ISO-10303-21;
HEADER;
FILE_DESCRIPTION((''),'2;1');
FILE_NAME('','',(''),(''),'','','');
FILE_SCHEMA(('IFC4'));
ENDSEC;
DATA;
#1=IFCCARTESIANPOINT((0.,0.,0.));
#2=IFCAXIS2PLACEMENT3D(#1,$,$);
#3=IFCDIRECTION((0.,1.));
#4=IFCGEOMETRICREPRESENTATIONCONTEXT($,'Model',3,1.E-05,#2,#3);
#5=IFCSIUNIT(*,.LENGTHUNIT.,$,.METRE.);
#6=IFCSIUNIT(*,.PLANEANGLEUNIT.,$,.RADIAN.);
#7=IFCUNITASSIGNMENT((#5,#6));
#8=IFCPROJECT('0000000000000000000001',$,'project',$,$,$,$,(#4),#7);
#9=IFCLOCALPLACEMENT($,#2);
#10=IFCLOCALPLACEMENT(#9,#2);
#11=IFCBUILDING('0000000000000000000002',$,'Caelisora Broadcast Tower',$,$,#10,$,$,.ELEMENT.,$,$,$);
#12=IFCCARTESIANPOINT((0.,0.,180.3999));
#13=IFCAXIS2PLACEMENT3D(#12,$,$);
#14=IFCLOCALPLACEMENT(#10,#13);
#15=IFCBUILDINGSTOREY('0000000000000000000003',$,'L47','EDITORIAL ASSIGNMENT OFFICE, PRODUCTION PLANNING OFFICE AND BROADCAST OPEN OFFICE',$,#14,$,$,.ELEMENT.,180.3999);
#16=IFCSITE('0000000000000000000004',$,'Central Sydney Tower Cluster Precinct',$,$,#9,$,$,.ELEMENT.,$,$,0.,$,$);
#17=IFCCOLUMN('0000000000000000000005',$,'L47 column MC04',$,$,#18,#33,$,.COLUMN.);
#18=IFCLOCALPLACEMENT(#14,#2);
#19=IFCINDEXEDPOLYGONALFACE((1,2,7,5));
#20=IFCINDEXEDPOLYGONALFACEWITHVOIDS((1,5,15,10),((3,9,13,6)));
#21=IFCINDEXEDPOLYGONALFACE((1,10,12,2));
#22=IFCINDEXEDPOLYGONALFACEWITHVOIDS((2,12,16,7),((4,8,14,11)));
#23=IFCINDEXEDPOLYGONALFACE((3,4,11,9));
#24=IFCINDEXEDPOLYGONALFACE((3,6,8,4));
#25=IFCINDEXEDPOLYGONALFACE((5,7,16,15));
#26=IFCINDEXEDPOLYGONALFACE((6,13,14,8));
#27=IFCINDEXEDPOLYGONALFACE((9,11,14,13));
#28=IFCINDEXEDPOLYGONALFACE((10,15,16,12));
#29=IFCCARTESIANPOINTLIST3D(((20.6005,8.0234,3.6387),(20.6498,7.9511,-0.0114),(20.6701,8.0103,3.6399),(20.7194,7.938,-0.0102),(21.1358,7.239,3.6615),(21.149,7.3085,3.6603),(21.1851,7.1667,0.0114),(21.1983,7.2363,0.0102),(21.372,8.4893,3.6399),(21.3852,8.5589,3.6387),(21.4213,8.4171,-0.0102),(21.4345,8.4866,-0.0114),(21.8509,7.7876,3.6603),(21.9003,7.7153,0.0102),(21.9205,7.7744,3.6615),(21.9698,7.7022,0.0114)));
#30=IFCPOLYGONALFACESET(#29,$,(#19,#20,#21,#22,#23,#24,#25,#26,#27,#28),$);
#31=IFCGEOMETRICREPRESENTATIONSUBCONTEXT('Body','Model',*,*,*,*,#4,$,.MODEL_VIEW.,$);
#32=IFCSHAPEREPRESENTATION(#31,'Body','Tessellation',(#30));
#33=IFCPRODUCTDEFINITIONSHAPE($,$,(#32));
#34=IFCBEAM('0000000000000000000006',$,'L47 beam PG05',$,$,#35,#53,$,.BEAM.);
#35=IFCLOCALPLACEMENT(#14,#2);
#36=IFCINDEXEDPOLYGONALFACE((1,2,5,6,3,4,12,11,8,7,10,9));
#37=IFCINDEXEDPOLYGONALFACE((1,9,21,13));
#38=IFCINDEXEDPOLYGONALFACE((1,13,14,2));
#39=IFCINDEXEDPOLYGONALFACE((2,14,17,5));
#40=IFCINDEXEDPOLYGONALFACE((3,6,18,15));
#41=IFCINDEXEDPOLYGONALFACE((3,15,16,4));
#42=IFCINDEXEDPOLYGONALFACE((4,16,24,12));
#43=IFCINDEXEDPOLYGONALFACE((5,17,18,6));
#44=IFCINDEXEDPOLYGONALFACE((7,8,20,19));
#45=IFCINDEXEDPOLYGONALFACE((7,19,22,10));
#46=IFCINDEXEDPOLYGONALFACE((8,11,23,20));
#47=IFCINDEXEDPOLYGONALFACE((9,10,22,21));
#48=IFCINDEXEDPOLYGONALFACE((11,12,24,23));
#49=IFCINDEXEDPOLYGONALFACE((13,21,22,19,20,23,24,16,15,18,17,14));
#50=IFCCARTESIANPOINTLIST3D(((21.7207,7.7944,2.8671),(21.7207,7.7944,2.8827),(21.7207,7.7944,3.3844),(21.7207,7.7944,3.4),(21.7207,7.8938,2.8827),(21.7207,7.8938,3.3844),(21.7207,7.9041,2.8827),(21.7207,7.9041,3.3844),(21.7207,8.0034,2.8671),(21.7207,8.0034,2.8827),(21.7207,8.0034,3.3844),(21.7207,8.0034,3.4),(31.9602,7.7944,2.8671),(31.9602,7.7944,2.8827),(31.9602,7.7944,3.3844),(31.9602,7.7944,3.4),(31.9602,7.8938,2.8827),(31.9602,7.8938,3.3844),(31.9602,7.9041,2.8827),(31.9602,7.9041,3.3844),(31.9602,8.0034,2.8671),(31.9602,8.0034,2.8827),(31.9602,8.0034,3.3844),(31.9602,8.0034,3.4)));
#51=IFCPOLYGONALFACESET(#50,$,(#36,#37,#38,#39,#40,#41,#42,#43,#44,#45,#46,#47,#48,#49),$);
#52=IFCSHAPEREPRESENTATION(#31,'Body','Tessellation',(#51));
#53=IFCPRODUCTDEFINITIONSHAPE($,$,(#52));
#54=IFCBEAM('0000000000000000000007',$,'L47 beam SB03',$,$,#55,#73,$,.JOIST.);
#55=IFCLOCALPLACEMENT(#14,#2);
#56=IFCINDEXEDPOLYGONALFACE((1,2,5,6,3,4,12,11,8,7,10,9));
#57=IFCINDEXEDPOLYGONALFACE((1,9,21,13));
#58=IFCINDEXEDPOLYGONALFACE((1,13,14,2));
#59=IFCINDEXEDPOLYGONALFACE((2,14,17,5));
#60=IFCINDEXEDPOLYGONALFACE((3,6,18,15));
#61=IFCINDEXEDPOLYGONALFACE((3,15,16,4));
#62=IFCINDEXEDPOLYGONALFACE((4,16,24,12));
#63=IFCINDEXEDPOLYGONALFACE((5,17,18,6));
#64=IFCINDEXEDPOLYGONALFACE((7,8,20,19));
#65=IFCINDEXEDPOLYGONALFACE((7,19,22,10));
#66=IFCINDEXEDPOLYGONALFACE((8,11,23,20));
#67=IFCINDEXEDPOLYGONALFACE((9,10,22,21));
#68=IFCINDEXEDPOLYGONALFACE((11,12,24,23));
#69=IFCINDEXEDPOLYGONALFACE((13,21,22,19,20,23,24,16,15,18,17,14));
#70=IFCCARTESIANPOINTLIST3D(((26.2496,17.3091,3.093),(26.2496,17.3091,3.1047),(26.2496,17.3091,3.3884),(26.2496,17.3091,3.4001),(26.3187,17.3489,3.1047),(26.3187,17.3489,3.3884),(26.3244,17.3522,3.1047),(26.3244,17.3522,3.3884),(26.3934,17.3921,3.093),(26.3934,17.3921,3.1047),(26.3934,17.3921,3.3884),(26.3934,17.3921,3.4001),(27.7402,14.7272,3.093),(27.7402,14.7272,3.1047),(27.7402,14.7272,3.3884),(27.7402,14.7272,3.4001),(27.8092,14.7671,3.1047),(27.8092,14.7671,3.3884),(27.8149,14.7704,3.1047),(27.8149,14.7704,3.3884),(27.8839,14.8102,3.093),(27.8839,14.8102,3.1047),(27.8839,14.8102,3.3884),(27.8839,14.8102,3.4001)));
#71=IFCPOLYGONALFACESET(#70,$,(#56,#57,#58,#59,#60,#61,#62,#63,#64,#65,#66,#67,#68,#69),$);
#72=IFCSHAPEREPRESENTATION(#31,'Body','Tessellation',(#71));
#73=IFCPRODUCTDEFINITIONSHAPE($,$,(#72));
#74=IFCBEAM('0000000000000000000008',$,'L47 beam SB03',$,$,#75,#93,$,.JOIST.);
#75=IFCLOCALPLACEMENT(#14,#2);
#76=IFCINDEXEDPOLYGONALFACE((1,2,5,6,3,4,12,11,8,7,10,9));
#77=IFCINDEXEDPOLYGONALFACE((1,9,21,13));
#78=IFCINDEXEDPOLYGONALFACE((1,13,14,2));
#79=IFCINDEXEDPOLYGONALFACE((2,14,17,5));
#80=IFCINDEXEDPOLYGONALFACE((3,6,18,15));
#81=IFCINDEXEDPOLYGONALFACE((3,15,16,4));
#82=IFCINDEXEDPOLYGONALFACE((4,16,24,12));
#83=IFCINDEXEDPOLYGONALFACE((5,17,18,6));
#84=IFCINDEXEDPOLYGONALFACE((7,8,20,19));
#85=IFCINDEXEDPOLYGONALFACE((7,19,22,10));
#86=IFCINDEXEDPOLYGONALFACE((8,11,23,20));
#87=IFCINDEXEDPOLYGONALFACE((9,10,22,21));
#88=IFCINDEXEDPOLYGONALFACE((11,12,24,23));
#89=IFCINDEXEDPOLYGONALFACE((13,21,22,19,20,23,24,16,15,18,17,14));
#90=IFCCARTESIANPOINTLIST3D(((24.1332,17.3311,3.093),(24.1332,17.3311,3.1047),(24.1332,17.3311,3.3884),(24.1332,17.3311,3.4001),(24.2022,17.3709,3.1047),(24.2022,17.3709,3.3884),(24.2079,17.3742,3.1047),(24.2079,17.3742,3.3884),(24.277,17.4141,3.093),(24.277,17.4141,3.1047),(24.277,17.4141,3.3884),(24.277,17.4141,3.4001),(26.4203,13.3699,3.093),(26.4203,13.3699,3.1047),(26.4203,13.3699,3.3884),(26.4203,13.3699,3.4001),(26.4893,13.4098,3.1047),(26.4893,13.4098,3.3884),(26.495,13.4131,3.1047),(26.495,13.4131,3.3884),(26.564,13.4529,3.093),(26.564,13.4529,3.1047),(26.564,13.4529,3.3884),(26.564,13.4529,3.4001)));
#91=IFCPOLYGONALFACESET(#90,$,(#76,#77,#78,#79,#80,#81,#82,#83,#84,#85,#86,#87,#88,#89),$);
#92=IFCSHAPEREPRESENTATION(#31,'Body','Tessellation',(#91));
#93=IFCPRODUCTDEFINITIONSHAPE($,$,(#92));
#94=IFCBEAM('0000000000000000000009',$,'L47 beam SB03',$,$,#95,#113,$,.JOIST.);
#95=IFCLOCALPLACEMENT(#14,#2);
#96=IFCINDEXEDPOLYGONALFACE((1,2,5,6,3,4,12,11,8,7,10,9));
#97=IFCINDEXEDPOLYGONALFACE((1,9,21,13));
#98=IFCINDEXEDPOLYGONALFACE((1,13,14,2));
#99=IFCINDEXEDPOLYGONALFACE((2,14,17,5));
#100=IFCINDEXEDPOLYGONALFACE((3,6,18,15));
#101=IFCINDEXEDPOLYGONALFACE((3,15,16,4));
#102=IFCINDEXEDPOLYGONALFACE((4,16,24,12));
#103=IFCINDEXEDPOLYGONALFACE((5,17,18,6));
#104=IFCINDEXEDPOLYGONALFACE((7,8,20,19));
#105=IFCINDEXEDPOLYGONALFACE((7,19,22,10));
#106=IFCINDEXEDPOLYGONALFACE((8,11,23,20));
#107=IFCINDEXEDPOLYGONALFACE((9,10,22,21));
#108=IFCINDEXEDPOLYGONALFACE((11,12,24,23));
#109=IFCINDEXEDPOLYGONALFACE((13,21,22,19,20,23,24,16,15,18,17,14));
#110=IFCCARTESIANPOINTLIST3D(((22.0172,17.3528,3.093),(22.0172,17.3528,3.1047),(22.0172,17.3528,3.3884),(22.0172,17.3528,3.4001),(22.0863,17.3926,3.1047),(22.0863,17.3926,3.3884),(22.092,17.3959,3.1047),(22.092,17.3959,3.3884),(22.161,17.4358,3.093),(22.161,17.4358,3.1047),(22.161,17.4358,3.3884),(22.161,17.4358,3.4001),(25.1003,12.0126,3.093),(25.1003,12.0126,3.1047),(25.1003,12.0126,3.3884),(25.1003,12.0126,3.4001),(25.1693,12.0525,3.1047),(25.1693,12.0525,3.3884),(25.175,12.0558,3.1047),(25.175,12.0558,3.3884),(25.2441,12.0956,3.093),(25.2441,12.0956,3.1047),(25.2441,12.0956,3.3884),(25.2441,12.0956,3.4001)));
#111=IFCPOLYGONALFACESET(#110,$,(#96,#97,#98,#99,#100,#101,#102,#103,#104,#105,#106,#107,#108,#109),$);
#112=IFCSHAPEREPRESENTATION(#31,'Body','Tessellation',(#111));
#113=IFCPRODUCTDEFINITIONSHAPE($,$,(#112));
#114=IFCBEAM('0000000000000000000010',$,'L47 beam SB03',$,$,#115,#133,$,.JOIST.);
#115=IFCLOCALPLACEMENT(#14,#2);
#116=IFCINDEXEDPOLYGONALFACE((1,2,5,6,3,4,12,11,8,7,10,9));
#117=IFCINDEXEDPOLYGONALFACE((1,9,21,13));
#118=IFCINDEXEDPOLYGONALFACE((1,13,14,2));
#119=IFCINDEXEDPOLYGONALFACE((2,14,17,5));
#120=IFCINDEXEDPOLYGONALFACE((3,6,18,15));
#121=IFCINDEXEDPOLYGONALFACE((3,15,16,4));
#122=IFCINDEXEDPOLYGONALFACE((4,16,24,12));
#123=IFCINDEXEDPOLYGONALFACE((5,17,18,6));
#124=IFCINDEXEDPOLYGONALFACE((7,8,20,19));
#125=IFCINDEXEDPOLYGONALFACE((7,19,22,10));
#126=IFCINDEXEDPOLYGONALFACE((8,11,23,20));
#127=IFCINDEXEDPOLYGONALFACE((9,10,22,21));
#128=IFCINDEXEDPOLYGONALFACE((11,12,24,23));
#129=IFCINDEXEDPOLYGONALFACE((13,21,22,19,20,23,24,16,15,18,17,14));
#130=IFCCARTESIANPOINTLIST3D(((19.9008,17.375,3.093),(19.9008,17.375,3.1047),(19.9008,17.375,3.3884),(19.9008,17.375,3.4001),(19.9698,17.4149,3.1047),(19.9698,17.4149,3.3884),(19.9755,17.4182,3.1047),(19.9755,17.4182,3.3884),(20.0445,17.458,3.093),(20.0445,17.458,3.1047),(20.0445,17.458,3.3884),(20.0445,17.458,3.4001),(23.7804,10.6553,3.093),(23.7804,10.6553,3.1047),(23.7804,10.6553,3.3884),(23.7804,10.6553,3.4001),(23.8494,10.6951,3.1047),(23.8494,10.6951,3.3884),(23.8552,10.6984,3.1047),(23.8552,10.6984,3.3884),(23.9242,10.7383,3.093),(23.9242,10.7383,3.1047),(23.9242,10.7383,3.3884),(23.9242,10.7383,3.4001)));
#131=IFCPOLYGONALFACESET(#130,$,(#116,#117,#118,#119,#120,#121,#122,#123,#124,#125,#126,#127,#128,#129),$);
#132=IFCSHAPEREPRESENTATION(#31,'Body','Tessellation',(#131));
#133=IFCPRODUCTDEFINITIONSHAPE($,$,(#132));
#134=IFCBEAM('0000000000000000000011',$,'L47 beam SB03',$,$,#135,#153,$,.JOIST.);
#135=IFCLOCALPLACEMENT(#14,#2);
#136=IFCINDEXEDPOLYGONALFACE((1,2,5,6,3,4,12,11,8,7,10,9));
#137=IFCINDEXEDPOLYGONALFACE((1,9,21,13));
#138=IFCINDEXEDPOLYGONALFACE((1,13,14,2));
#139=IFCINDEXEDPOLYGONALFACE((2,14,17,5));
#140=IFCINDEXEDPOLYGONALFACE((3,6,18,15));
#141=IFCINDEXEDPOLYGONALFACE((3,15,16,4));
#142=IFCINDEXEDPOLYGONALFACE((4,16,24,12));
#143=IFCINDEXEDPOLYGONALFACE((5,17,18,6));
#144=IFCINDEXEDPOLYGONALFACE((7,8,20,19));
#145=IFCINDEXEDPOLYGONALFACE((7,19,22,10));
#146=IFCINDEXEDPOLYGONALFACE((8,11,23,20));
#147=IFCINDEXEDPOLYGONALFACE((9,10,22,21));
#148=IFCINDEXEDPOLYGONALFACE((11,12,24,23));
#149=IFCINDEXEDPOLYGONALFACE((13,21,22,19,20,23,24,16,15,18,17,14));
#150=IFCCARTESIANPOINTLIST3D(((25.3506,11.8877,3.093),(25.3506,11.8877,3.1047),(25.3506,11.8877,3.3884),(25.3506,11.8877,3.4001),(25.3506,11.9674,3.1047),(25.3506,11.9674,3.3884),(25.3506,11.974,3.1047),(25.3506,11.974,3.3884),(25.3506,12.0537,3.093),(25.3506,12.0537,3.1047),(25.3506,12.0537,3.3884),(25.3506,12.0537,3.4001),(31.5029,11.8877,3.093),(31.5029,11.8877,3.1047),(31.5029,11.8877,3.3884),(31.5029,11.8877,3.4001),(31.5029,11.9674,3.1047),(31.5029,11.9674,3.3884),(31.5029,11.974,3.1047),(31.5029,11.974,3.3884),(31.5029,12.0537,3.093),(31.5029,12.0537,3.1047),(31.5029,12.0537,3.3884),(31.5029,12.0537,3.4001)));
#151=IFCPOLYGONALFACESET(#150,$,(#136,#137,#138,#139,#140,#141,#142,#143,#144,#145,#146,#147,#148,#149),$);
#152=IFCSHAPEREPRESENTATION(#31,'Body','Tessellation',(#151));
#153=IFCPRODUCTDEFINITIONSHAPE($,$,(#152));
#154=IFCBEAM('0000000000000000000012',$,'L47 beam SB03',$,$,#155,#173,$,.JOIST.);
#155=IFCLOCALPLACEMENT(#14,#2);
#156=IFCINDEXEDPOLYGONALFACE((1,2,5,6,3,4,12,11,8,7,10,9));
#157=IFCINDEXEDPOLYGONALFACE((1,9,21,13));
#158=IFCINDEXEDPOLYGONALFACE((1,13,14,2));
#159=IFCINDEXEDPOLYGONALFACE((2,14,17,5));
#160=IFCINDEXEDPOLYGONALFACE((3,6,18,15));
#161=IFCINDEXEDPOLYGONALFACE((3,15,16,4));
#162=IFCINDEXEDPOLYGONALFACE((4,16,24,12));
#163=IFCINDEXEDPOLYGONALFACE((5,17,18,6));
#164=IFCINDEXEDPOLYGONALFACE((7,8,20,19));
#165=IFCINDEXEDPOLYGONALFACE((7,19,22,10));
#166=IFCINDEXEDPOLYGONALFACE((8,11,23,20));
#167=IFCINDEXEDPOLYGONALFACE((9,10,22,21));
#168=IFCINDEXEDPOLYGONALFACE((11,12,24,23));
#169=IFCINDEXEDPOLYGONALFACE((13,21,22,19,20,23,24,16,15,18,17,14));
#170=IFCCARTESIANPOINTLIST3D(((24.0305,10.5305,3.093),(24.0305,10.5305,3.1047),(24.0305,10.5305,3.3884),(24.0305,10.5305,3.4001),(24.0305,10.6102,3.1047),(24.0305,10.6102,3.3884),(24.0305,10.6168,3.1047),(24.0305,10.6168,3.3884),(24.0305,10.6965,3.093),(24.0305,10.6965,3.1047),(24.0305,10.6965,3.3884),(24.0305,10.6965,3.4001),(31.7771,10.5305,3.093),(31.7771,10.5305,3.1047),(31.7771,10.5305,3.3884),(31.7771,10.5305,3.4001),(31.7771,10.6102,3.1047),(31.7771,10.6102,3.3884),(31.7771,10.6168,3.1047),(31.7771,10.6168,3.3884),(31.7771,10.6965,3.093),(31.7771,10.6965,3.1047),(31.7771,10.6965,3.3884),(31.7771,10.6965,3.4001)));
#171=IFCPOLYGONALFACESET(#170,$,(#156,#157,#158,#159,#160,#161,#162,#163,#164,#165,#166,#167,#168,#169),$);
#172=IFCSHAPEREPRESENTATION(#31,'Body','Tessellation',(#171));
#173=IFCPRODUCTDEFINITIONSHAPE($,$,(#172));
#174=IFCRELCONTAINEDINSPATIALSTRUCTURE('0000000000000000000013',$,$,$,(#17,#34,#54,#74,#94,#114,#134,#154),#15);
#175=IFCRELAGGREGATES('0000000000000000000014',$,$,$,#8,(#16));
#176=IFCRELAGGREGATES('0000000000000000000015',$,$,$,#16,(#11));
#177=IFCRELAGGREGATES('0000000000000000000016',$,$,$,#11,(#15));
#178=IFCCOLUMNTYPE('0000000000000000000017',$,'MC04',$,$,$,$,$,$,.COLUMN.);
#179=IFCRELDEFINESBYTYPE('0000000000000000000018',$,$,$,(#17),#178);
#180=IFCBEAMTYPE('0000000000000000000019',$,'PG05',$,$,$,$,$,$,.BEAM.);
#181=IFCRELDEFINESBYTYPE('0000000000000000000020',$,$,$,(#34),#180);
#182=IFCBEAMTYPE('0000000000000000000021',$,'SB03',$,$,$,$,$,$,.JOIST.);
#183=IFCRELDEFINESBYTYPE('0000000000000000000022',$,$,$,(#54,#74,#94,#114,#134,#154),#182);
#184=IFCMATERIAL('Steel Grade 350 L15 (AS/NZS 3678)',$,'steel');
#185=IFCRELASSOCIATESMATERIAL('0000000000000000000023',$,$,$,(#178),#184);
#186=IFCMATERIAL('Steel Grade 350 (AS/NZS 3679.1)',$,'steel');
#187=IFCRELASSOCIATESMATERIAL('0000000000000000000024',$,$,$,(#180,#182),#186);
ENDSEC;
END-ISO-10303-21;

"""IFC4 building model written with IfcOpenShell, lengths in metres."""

from ifc_helpers import new_model, si_unit, direction, frame, origin, origin_2d, place, context, subcontext, project, spatial, hollow_rectangle, i_section, extrude, source, transform, mapped, material, material_profile, profile_set, type_object, type_shapes, element, save


model = new_model("IFC4")

# Units and contexts
model_context = context("Model", 3, precision=1e-05, world=origin(), true_north=direction((0.0, 1.0)))
body_context = subcontext(model_context, "Body", "Model", "MODEL_VIEW")
ifc_project = project(units=[si_unit("LENGTHUNIT", "METRE"), si_unit("PLANEANGLEUNIT", "RADIAN")], contexts=[model_context])

# Site, building, storey
site_placement = place(None, origin())
site = spatial("IfcSite", under=ifc_project, at=site_placement, Name="Central Sydney Tower Cluster Precinct", CompositionType="ELEMENT", RefElevation=0.0)
building_placement = place(site_placement, origin())
building = spatial("IfcBuilding", under=site, at=building_placement, Name="Caelisora Broadcast Tower", CompositionType="ELEMENT")
storey_placement = place(building_placement, frame((0.0, 0.0, 180.3999)))
storey = spatial("IfcBuildingStorey", under=building, at=storey_placement, Name="L47", Description="EDITORIAL ASSIGNMENT OFFICE, PRODUCTION PLANNING OFFICE AND BROADCAST OPEN OFFICE", CompositionType="ELEMENT", Elevation=180.3999)

# Column
ifc_material_1 = material(Name="Steel Grade 350 L15 (AS/NZS 3678)", Category="steel")
ifc_material_profile_1 = material_profile(ifc_material_1, hollow_rectangle(XDim=0.95, YDim=0.95, WallThickness=0.05, at=origin_2d()), Name="Steel Grade 350 L15 (AS/NZS 3678)")
ifc_profile_set_1 = profile_set([ifc_material_profile_1], Name="Steel Grade 350 L15 (AS/NZS 3678)")
column_type = type_object("IfcColumnType", Name="MC04", PredefinedType="COLUMN", material=ifc_profile_set_1)
shared_shape_1 = source(origin(), body_context, "Body", "SweptSolid", [
    extrude(hollow_rectangle(XDim=0.95, YDim=0.95, WallThickness=0.05, at=origin_2d()), origin(), (0.0, 0.0, 1.0), 3.6511),
])
type_shapes(column_type, [shared_shape_1])
column_placement = place(storey_placement, frame((21.3098, 7.8267, 0.0), z_axis=(-0.013507, 0.019792, 0.999713), x_axis=(-0.825991, -0.563683, 0.0)))
element("IfcColumn", 1, at=column_placement, inside=storey, type_object=column_type, Name="L47 column MC04", PredefinedType="COLUMN", context=body_context, shape_type="MappedRepresentation", body=[
    mapped(shared_shape_1, transform((0.0, 0.0, 0.0), scale=1.0)),
])

# Beams
ifc_material_2 = material(Name="Steel Grade 350 (AS/NZS 3679.1)", Category="steel")
ifc_material_profile_2 = material_profile(ifc_material_2, i_section(OverallWidth=0.209, OverallDepth=0.533, WebThickness=0.0103, FlangeThickness=0.0156, at=origin_2d()), Name="Steel Grade 350 (AS/NZS 3679.1)")
ifc_profile_set_2 = profile_set([ifc_material_profile_2], Name="Steel Grade 350 (AS/NZS 3679.1)")
beam_type_1 = type_object("IfcBeamType", Name="PG05", PredefinedType="BEAM", material=ifc_profile_set_2)
shared_shape_2 = source(origin(), body_context, "Body", "SweptSolid", [
    extrude(i_section(OverallWidth=0.209, OverallDepth=0.533, WebThickness=0.0103, FlangeThickness=0.0156, at=origin_2d()), origin(), (0.0, 0.0, 1.0), 10.2395),
])
type_shapes(beam_type_1, [shared_shape_2])
beam_1_placement = place(storey_placement, frame((21.7207, 7.8989, 3.1335), z_axis=(1.0, 0.0, 0.0), x_axis=(0.0, 1.0, 0.0)))
element("IfcBeam", 2, at=beam_1_placement, inside=storey, type_object=beam_type_1, Name="L47 beam PG05", PredefinedType="BEAM", context=body_context, shape_type="MappedRepresentation", body=[
    mapped(shared_shape_2, transform((0.0, 0.0, 0.0), scale=1.0)),
])
ifc_material_profile_3 = material_profile(ifc_material_2, i_section(OverallWidth=0.166, OverallDepth=0.3071, WebThickness=0.0066, FlangeThickness=0.0117, at=origin_2d()), Name="Steel Grade 350 (AS/NZS 3679.1)")
ifc_profile_set_3 = profile_set([ifc_material_profile_3], Name="Steel Grade 350 (AS/NZS 3679.1)")
beam_type_2 = type_object("IfcBeamType", Name="SB03", PredefinedType="JOIST", material=ifc_profile_set_3)
shared_shape_3 = source(origin(), body_context, "Body", "SweptSolid", [
    extrude(i_section(OverallWidth=0.166, OverallDepth=0.3071, WebThickness=0.0066, FlangeThickness=0.0117, at=origin_2d()), origin(), (0.0, 0.0, 1.0), 2.9812),
])
beam_2_placement = place(storey_placement, frame((26.3215, 17.3506, 3.2466), z_axis=(0.499971, -0.866042, 0.0), x_axis=(0.866042, 0.499971, 0.0)))
element("IfcBeam", 3, at=beam_2_placement, inside=storey, type_object=beam_type_2, Name="L47 beam SB03", PredefinedType="JOIST", context=body_context, shape_type="MappedRepresentation", body=[
    mapped(shared_shape_3, transform((0.0, 0.0, 0.0), scale=1.0)),
])
shared_shape_4 = source(origin(), body_context, "Body", "SweptSolid", [
    extrude(i_section(OverallWidth=0.166, OverallDepth=0.3071, WebThickness=0.0066, FlangeThickness=0.0117, at=origin_2d()), origin(), (0.0, 0.0, 1.0), 4.574),
])
beam_3_placement = place(storey_placement, frame((24.2051, 17.3726, 3.2466), z_axis=(0.50002, -0.866014, 0.0), x_axis=(0.866014, 0.50002, 0.0)))
element("IfcBeam", 4, at=beam_3_placement, inside=storey, type_object=beam_type_2, Name="L47 beam SB03", PredefinedType="JOIST", context=body_context, shape_type="MappedRepresentation", body=[
    mapped(shared_shape_4, transform((0.0, 0.0, 0.0), scale=1.0)),
])
shared_shape_5 = source(origin(), body_context, "Body", "SweptSolid", [
    extrude(i_section(OverallWidth=0.166, OverallDepth=0.3071, WebThickness=0.0066, FlangeThickness=0.0117, at=origin_2d()), origin(), (0.0, 0.0, 1.0), 6.1663),
])
beam_4_placement = place(storey_placement, frame((22.0891, 17.3943, 3.2466), z_axis=(0.499989, -0.866032, 0.0), x_axis=(0.866032, 0.499989, 0.0)))
element("IfcBeam", 5, at=beam_4_placement, inside=storey, type_object=beam_type_2, Name="L47 beam SB03", PredefinedType="JOIST", context=body_context, shape_type="MappedRepresentation", body=[
    mapped(shared_shape_5, transform((0.0, 0.0, 0.0), scale=1.0)),
])
shared_shape_6 = source(origin(), body_context, "Body", "SweptSolid", [
    extrude(i_section(OverallWidth=0.166, OverallDepth=0.3071, WebThickness=0.0066, FlangeThickness=0.0117, at=origin_2d()), origin(), (0.0, 0.0, 1.0), 7.7593),
])
beam_5_placement = place(storey_placement, frame((19.9727, 17.4165, 3.2466), z_axis=(0.5, -0.866025, 0.0), x_axis=(0.866025, 0.5, 0.0)))
element("IfcBeam", 6, at=beam_5_placement, inside=storey, type_object=beam_type_2, Name="L47 beam SB03", PredefinedType="JOIST", context=body_context, shape_type="MappedRepresentation", body=[
    mapped(shared_shape_6, transform((0.0, 0.0, 0.0), scale=1.0)),
])
shared_shape_7 = source(origin(), body_context, "Body", "SweptSolid", [
    extrude(i_section(OverallWidth=0.166, OverallDepth=0.3071, WebThickness=0.0066, FlangeThickness=0.0117, at=origin_2d()), origin(), (0.0, 0.0, 1.0), 6.1523),
])
beam_6_placement = place(storey_placement, frame((25.3506, 11.9707, 3.2466), z_axis=(1.0, 0.0, 0.0), x_axis=(0.0, 1.0, 0.0)))
element("IfcBeam", 7, at=beam_6_placement, inside=storey, type_object=beam_type_2, Name="L47 beam SB03", PredefinedType="JOIST", context=body_context, shape_type="MappedRepresentation", body=[
    mapped(shared_shape_7, transform((0.0, 0.0, 0.0), scale=1.0)),
])
shared_shape_8 = source(origin(), body_context, "Body", "SweptSolid", [
    extrude(i_section(OverallWidth=0.166, OverallDepth=0.3071, WebThickness=0.0066, FlangeThickness=0.0117, at=origin_2d()), origin(), (0.0, 0.0, 1.0), 7.7466),
])
beam_7_placement = place(storey_placement, frame((24.0305, 10.6135, 3.2466), z_axis=(1.0, 0.0, 0.0), x_axis=(0.0, 1.0, 0.0)))
element("IfcBeam", 8, at=beam_7_placement, inside=storey, type_object=beam_type_2, Name="L47 beam SB03", PredefinedType="JOIST", context=body_context, shape_type="MappedRepresentation", body=[
    mapped(shared_shape_8, transform((0.0, 0.0, 0.0), scale=1.0)),
])

save(model, "model.ifc")
